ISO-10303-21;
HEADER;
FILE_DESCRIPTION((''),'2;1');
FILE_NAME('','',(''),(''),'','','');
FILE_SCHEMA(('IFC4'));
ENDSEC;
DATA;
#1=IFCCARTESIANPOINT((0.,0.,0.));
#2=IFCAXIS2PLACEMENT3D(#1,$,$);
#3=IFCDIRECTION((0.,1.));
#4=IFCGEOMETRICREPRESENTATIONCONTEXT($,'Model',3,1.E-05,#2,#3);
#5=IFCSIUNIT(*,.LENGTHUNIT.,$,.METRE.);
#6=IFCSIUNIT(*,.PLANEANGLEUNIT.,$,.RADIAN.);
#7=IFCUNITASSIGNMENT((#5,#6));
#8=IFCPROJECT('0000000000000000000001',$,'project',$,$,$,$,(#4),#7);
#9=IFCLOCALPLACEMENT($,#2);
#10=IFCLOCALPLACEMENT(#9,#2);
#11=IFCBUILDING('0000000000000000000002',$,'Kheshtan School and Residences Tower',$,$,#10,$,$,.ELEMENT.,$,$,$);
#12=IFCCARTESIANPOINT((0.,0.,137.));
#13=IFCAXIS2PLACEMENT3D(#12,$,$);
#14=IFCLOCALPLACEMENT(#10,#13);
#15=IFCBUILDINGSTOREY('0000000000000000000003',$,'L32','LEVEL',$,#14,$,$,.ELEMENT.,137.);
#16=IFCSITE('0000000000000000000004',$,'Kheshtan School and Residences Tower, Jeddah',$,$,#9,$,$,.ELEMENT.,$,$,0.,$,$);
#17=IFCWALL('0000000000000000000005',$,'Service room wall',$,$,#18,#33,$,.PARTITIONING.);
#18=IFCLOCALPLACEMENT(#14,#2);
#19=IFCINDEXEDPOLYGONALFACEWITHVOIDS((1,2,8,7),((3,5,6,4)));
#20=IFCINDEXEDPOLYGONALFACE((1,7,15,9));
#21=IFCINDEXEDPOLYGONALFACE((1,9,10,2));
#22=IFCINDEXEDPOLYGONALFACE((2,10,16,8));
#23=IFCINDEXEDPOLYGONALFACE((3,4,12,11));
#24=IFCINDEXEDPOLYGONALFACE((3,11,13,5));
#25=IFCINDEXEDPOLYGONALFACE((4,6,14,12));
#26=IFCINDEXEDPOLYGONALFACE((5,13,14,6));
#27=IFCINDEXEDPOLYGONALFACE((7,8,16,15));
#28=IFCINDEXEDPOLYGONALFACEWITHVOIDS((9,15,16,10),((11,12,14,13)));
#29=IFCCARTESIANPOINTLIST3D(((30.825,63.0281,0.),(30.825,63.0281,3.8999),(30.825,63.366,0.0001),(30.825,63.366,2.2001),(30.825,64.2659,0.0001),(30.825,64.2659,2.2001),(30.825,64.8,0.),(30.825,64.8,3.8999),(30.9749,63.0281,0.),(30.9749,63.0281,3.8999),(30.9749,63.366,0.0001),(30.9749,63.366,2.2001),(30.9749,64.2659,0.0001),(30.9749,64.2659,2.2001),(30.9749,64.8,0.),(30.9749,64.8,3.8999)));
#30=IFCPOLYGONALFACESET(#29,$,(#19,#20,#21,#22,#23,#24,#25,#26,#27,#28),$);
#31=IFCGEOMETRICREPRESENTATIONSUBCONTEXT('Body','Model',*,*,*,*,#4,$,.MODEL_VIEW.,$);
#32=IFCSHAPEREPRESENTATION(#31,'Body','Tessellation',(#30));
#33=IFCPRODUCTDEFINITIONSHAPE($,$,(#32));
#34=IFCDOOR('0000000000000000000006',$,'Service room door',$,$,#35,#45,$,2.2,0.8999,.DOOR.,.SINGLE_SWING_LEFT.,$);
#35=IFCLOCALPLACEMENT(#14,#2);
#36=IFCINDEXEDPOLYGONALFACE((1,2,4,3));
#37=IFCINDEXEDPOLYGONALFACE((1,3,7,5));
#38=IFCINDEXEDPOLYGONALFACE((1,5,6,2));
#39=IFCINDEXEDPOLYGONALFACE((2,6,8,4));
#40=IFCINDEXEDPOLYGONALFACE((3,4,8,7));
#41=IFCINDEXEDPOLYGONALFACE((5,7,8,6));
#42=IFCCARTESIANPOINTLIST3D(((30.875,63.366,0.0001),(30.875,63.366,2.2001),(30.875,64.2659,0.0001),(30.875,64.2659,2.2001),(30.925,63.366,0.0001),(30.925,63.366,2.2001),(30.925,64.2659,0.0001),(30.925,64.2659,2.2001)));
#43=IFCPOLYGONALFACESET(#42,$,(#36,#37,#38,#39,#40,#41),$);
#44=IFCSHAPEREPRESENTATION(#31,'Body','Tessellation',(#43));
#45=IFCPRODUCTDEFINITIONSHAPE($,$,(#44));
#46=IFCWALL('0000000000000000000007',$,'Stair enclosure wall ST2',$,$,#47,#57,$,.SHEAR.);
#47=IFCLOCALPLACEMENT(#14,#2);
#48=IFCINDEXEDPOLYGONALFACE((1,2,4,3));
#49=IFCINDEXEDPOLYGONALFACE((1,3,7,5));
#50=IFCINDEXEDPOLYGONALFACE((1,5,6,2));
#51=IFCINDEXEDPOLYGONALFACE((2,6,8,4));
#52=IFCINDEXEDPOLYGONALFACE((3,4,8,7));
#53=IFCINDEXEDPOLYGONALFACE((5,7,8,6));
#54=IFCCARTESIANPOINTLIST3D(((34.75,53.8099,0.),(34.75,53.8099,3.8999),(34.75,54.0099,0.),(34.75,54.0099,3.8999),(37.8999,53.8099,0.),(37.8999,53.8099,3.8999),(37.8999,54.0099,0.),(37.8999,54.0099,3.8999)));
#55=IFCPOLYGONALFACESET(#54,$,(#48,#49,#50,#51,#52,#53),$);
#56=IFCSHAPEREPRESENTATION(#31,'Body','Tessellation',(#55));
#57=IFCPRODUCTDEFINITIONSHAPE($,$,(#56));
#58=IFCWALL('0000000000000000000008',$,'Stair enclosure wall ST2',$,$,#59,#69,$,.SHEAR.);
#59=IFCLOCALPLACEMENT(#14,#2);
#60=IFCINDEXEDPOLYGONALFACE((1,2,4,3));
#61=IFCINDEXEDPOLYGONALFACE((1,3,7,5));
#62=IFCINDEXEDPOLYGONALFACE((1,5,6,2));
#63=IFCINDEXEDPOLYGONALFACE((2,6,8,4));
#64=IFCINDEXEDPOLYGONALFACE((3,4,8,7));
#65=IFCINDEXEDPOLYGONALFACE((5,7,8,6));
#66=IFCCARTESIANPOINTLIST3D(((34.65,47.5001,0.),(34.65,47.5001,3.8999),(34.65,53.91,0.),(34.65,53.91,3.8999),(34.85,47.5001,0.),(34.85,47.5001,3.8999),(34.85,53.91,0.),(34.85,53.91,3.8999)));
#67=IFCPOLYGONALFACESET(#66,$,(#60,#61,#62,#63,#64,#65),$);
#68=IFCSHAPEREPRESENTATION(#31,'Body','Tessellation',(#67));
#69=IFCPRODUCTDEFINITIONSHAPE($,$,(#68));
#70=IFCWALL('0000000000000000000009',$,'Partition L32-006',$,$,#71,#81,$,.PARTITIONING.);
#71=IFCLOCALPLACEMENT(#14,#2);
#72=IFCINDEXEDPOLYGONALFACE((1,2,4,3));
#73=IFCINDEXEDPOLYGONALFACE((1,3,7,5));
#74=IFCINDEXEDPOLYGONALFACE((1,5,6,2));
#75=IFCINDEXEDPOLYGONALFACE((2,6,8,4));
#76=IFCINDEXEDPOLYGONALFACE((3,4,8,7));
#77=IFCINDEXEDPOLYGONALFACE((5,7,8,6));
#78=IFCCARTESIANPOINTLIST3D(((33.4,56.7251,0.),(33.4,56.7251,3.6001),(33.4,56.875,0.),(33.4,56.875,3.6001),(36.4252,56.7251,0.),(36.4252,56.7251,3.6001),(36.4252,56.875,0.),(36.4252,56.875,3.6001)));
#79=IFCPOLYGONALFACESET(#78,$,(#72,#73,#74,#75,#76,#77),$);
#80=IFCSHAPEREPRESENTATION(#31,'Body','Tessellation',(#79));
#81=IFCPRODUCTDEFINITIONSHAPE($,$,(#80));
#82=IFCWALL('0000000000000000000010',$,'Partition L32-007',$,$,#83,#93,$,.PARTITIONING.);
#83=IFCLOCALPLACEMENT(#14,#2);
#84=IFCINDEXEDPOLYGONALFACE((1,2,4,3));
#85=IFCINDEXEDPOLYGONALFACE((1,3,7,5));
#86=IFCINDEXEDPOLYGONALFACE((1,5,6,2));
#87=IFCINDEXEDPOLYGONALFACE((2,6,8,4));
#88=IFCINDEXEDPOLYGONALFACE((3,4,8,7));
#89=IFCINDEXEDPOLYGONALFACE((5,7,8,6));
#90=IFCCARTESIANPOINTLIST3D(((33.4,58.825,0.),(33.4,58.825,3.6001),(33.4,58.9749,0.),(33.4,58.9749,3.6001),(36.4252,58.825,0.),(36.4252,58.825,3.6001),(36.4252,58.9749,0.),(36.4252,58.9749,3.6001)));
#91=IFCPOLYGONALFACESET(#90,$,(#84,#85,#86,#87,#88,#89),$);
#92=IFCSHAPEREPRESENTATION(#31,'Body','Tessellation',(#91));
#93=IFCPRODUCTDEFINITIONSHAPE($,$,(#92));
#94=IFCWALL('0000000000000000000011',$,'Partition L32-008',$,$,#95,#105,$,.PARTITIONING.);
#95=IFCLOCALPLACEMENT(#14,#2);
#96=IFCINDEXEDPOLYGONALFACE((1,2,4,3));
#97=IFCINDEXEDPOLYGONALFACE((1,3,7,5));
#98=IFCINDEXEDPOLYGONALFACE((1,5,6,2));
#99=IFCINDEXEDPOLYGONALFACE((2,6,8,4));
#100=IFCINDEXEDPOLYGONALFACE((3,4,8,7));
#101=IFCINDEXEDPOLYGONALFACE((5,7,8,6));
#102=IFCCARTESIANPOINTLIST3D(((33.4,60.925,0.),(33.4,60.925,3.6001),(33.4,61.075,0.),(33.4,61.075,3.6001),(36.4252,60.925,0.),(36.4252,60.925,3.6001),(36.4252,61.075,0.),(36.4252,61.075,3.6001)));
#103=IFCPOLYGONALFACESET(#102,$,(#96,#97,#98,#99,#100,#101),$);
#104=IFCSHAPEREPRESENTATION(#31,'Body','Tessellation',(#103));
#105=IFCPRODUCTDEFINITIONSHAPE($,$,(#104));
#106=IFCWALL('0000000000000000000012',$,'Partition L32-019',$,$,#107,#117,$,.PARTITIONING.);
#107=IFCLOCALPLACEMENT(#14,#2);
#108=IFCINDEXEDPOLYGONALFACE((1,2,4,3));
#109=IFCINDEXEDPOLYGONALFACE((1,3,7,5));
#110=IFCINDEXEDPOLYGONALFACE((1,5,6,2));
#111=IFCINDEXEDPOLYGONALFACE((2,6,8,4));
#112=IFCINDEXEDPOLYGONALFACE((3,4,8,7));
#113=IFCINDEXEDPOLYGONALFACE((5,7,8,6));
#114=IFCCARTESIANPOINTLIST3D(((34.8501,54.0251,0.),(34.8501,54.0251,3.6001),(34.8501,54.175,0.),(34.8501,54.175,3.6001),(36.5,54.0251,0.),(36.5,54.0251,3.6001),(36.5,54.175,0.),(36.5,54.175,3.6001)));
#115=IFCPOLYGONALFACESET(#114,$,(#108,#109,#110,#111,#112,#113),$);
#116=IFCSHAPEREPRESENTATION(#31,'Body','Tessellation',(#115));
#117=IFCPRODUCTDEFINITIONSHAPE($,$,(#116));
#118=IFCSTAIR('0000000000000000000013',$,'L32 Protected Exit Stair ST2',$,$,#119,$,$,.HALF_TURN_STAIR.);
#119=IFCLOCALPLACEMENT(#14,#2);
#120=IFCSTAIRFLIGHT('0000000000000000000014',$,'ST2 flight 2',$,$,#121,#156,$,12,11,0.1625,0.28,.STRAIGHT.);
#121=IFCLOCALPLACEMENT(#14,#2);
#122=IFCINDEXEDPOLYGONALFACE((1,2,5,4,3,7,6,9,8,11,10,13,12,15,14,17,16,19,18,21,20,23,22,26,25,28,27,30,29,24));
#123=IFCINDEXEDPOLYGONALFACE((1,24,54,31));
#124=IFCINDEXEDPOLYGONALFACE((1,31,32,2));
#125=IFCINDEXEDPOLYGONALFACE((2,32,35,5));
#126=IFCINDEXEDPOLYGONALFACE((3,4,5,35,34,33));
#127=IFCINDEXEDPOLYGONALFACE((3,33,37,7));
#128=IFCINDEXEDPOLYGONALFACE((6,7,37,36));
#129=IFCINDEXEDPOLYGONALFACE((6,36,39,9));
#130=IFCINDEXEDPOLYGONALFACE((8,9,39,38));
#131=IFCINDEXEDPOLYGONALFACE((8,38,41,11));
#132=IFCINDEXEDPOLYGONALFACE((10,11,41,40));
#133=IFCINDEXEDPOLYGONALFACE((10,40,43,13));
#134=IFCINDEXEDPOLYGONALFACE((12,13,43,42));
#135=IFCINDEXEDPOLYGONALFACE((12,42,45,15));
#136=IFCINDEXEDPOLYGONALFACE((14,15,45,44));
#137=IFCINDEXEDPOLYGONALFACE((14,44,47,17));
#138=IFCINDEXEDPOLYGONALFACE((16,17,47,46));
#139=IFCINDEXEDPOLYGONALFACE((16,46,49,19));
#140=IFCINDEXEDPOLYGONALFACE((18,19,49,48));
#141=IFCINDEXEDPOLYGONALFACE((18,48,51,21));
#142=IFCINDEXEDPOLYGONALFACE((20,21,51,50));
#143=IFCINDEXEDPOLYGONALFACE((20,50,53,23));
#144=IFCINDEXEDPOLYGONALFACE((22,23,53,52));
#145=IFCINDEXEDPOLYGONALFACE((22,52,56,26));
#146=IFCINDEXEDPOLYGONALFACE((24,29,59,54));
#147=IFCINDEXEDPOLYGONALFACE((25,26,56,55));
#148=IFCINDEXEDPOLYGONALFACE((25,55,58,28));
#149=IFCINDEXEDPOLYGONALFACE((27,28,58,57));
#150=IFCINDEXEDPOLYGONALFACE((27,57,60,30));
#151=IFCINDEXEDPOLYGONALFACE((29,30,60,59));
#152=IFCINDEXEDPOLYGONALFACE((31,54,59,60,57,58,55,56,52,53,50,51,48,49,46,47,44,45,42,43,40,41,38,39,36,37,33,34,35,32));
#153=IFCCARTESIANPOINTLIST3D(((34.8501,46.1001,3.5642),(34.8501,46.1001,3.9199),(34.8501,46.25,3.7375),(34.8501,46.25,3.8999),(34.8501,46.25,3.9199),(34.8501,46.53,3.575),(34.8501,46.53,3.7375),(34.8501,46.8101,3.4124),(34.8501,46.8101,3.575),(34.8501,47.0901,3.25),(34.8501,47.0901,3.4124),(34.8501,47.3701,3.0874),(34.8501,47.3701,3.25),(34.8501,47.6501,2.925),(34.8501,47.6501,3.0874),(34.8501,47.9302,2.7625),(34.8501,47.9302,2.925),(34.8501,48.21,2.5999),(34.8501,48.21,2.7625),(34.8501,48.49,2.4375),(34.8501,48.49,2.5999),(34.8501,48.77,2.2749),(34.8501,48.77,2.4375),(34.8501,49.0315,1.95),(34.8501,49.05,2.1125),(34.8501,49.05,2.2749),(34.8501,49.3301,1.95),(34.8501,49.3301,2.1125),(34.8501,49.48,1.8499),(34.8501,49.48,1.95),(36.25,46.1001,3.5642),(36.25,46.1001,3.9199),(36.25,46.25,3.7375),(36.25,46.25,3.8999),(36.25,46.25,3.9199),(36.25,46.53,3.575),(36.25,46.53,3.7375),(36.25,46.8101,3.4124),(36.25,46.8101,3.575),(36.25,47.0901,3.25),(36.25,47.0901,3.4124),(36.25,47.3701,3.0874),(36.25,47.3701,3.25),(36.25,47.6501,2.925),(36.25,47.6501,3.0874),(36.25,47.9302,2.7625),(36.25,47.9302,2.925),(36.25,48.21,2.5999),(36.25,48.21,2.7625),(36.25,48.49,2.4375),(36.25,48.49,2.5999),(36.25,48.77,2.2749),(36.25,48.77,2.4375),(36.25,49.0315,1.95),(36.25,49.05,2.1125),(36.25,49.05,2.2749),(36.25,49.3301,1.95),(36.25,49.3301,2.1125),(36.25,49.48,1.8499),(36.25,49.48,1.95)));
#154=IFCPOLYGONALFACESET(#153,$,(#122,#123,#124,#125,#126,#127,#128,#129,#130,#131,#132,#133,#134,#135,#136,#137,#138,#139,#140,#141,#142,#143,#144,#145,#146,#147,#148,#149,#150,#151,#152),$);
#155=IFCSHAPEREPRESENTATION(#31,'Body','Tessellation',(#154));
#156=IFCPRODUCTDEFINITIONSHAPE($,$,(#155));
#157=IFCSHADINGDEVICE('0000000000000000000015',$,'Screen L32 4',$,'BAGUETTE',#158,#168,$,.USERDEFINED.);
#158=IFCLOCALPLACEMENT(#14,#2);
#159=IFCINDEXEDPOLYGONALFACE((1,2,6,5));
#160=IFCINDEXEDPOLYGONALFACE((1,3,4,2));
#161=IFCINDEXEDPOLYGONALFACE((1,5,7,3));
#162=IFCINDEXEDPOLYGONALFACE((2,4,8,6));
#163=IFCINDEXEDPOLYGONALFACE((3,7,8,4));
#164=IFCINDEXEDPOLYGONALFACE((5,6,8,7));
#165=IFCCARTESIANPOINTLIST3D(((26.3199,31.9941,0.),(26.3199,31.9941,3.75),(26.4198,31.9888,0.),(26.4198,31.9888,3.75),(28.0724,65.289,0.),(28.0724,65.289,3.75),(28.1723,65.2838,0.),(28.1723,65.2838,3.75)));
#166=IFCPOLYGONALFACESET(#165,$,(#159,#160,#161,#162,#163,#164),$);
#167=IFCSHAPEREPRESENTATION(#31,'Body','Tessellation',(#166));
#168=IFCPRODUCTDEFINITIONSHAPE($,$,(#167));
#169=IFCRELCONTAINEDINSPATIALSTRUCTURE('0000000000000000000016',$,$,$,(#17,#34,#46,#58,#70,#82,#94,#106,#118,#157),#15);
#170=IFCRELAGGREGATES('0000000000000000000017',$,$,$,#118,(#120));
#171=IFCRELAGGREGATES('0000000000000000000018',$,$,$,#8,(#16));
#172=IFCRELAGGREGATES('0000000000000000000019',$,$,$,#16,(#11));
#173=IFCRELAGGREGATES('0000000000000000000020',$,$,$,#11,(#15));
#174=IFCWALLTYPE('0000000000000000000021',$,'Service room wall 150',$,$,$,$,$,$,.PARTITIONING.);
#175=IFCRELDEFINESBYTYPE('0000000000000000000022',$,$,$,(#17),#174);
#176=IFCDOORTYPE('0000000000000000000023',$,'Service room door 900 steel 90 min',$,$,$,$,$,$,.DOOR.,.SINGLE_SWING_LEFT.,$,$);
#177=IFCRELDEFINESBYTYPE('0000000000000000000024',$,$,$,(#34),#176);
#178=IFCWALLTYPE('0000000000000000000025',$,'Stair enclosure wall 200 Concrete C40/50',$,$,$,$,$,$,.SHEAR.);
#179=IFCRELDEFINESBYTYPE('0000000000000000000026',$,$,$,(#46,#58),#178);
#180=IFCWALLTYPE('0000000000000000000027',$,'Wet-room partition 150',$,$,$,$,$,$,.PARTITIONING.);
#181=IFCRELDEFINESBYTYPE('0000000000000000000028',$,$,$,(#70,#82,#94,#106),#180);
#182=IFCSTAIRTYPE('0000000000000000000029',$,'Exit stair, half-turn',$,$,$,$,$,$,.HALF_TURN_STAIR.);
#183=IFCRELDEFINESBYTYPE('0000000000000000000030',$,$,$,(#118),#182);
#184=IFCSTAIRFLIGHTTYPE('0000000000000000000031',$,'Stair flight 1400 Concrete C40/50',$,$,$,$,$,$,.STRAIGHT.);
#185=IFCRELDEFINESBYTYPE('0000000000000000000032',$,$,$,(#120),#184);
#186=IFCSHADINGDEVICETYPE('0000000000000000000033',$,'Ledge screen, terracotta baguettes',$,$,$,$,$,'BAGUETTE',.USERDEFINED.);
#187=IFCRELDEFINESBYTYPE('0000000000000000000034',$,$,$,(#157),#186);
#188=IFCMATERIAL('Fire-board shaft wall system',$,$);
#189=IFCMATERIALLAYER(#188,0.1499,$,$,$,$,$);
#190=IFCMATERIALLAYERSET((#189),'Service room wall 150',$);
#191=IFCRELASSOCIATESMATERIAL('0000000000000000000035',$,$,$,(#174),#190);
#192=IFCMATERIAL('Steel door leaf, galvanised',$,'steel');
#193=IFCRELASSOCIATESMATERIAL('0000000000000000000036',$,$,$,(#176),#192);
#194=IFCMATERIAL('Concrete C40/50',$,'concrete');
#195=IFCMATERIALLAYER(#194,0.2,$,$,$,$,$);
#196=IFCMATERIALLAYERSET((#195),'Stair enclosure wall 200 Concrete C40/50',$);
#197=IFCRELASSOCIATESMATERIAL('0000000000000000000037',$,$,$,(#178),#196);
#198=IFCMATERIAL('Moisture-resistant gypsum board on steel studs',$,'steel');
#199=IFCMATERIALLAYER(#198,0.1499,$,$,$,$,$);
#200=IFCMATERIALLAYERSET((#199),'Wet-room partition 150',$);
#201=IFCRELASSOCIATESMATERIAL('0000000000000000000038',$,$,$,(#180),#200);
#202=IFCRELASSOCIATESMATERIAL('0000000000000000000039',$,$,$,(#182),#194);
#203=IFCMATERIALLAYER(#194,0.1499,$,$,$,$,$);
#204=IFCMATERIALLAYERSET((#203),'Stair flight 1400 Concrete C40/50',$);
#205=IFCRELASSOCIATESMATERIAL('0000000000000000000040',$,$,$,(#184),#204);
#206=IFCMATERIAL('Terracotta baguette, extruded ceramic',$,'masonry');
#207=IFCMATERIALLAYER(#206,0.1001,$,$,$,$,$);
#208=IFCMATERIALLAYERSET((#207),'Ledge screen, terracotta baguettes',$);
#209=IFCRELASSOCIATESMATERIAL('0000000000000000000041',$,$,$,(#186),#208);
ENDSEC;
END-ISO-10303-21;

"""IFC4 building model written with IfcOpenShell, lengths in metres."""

from ifc_helpers import new_model, si_unit, direction, frame, frame_2d, origin, origin_2d, place, context, subcontext, project, spatial, polyline, rectangle, outline, extrude, source, transform, mapped, material, layer, layer_set, type_object, element, fill, aggregate, save


model = new_model("IFC4")

# Units and contexts
model_context = context("Model", 3, precision=1e-05, world=origin(), true_north=direction((0.0, 1.0)))
body_context = subcontext(model_context, "Body", "Model", "MODEL_VIEW")
ifc_project = project(units=[si_unit("LENGTHUNIT", "METRE"), si_unit("PLANEANGLEUNIT", "RADIAN")], contexts=[model_context])

# Site, building, storey
site_placement = place(None, origin())
site = spatial("IfcSite", under=ifc_project, at=site_placement, Name="Kheshtan School and Residences Tower, Jeddah", CompositionType="ELEMENT", RefElevation=0.0)
building_placement = place(site_placement, origin())
building = spatial("IfcBuilding", under=site, at=building_placement, Name="Kheshtan School and Residences Tower", CompositionType="ELEMENT")
storey_placement = place(building_placement, frame((0.0, 0.0, 137.0)))
storey = spatial("IfcBuildingStorey", under=building, at=storey_placement, Name="L32", Description="LEVEL", CompositionType="ELEMENT", Elevation=137.0)

# Shared definitions
ifc_material_1 = material(Name="Fire-board shaft wall system")
ifc_layer_1 = layer(ifc_material_1, 0.1499)
ifc_layer_set_1 = layer_set([ifc_layer_1], Name="Service room wall 150")
wall_type_1 = type_object("IfcWallType", Name="Service room wall 150", PredefinedType="PARTITIONING", material=ifc_layer_set_1)

# Shared definitions
ifc_material_2 = material(Name="Steel door leaf, galvanised", Category="steel")
door_type_1 = type_object("IfcDoorType", Name="Service room door 900 steel 90 min", OperationType="SINGLE_SWING_LEFT", PredefinedType="DOOR", material=ifc_material_2)
shared_shape_1 = source(origin(), body_context, "Body", "SweptSolid", [
    extrude(rectangle(XDim=0.8999, YDim=2.2, at=frame_2d((0.45, 1.1001))), frame((0.0, 0.0249, 0.0), z_axis=(0.0, -1.0, 0.0), x_axis=(1.0, 0.0, 0.0)), (0.0, 0.0, 1.0), 0.05),
])

# Wall, opening, door
wall_1_placement = place(storey_placement, frame((30.8999, 63.0281, 0.0), z_axis=(0.0, 0.0, 1.0), x_axis=(0.0, 1.0, 0.0)))
wall_1 = element("IfcWall", 1, at=wall_1_placement, inside=storey, type_object=wall_type_1, Name="Service room wall", PredefinedType="PARTITIONING", context=body_context, shape_type="SweptSolid", body=[
    extrude(rectangle(XDim=1.772, YDim=0.1499, at=frame_2d((0.886, 0.0))), origin(), (0.0, 0.0, 1.0), 3.8999),
])
opening_1_placement = place(wall_1_placement, frame((0.3379, 0.0, 0.0)))
opening_1 = element("IfcOpeningElement", 2, at=opening_1_placement, cuts=wall_1, PredefinedType="OPENING", context=body_context, shape_type="SweptSolid", body=[
    extrude(rectangle(XDim=0.8999, YDim=2.2, at=frame_2d((0.45, 1.1001))), frame((0.0, 0.085, 0.0), z_axis=(0.0, -1.0, 0.0), x_axis=(1.0, 0.0, 0.0)), (0.0, 0.0, 1.0), 0.1699),
])
door_1_placement = place(opening_1_placement, origin())
door_1 = element("IfcDoor", 3, at=door_1_placement, inside=storey, type_object=door_type_1, Name="Service room door", OperationType="SINGLE_SWING_LEFT", OverallHeight=2.2, OverallWidth=0.8999, PredefinedType="DOOR", context=body_context, shape_type="MappedRepresentation", body=[
    mapped(shared_shape_1, transform((0.0, 0.0, 0.0), x_axis=(1.0, 0.0, 0.0), y_axis=(0.0, 1.0, 0.0), z_axis=(0.0, 0.0, 1.0), scale=1.0)),
])
fill(opening_1, door_1)

# Walls
ifc_material_3 = material(Name="Concrete C40/50", Category="concrete")
ifc_layer_2 = layer(ifc_material_3, 0.2)
ifc_layer_set_2 = layer_set([ifc_layer_2], Name="Stair enclosure wall 200 Concrete C40/50")
wall_type_2 = type_object("IfcWallType", Name="Stair enclosure wall 200 Concrete C40/50", PredefinedType="SHEAR", material=ifc_layer_set_2)
wall_2_placement = place(storey_placement, frame((34.75, 53.9099, 0.0), z_axis=(0.0, 0.0, 1.0), x_axis=(1.0, 0.0, 0.0)))
element("IfcWall", 4, at=wall_2_placement, inside=storey, type_object=wall_type_2, Name="Stair enclosure wall ST2", PredefinedType="SHEAR", context=body_context, shape_type="SweptSolid", body=[
    extrude(rectangle(XDim=3.1499, YDim=0.2, at=frame_2d((1.575, 0.0))), origin(), (0.0, 0.0, 1.0), 3.8999),
])
wall_3_placement = place(storey_placement, frame((34.75, 47.5, 0.0), z_axis=(0.0, 0.0, 1.0), x_axis=(0.0, 1.0, 0.0)))
element("IfcWall", 5, at=wall_3_placement, inside=storey, type_object=wall_type_2, Name="Stair enclosure wall ST2", PredefinedType="SHEAR", context=body_context, shape_type="SweptSolid", body=[
    extrude(rectangle(XDim=6.4099, YDim=0.2, at=frame_2d((3.2051, 0.0))), origin(), (0.0, 0.0, 1.0), 3.8999),
])
ifc_material_4 = material(Name="Moisture-resistant gypsum board on steel studs", Category="steel")
ifc_layer_3 = layer(ifc_material_4, 0.1499)
ifc_layer_set_3 = layer_set([ifc_layer_3], Name="Wet-room partition 150")
wall_type_3 = type_object("IfcWallType", Name="Wet-room partition 150", PredefinedType="PARTITIONING", material=ifc_layer_set_3)
for number, where, z_axis, x_axis, name in (
    (6, (33.3999, 56.8, 0.0), (0.0, 0.0, 1.0), (1.0, 0.0, 0.0), "Partition L32-006"),
    (7, (33.3999, 58.8999, 0.0), (0.0, 0.0, 1.0), (1.0, 0.0, 0.0), "Partition L32-007"),
    (8, (33.3999, 61.0, 0.0), (0.0, 0.0, 1.0), (1.0, 0.0, 0.0), "Partition L32-008"),
):
    element("IfcWall", number, at=place(storey_placement, frame(where, z_axis=z_axis, x_axis=x_axis)), inside=storey, type_object=wall_type_3, Name=name, PredefinedType="PARTITIONING", context=body_context, shape_type="SweptSolid", body=[
        extrude(rectangle(XDim=3.0251, YDim=0.1499, at=frame_2d((1.5127, 0.0))), origin(), (0.0, 0.0, 1.0), 3.6001),
    ])
wall_4_placement = place(storey_placement, frame((34.8501, 54.1001, 0.0), z_axis=(0.0, 0.0, 1.0), x_axis=(1.0, 0.0, 0.0)))
element("IfcWall", 9, at=wall_4_placement, inside=storey, type_object=wall_type_3, Name="Partition L32-019", PredefinedType="PARTITIONING", context=body_context, shape_type="SweptSolid", body=[
    extrude(rectangle(XDim=1.6499, YDim=0.1499, at=frame_2d((0.825, 0.0))), origin(), (0.0, 0.0, 1.0), 3.6001),
])

# Stair, stair flight
stair_type = type_object("IfcStairType", Name="Exit stair, half-turn", PredefinedType="HALF_TURN_STAIR", material=ifc_material_3)
stair_placement = place(storey_placement, origin())
stair = element("IfcStair", 10, at=stair_placement, inside=storey, type_object=stair_type, Name="L32 Protected Exit Stair ST2", PredefinedType="HALF_TURN_STAIR")
ifc_layer_4 = layer(ifc_material_3, 0.1499)
ifc_layer_set_4 = layer_set([ifc_layer_4], Name="Stair flight 1400 Concrete C40/50")
stair_flight_type = type_object("IfcStairFlightType", Name="Stair flight 1400 Concrete C40/50", PredefinedType="STRAIGHT", material=ifc_layer_set_4)
stair_flight_placement = place(storey_placement, frame((35.55, 49.3301, 1.95), z_axis=(0.0, 0.0, 1.0), x_axis=(0.0, -1.0, 0.0)))
stair_flight = element("IfcStairFlight", 11, at=stair_flight_placement, type_object=stair_flight_type, Name="ST2 flight 2", NumberOfRisers=12, NumberOfTreads=11, PredefinedType="STRAIGHT", RiserHeight=0.1625, TreadLength=0.28, context=body_context, shape_type="SweptSolid", body=[
    extrude(outline(polyline([(-0.1499, -0.1001), (-0.1499, 0.0), (0.0, 0.0), (0.0, 0.1626), (0.28, 0.1626), (0.28, 0.325), (0.5601, 0.325), (0.5601, 0.4875), (0.8401, 0.4875), (0.8401, 0.6499), (1.1201, 0.6499), (1.1201, 0.8125), (1.3999, 0.8125), (1.3999, 0.9751), (1.6799, 0.9751), (1.6799, 1.1375), (1.96, 1.1375), (1.96, 1.3), (2.24, 1.3), (2.24, 1.4624), (2.52, 1.4624), (2.52, 1.625), (2.8, 1.625), (2.8, 1.7876), (3.0801, 1.7876), (3.0801, 1.95), (3.0801, 1.97), (3.23, 1.97), (3.23, 1.6143), (0.2986, 0.0), (-0.1499, -0.1001)])), frame((0.0, 0.7, 0.0), z_axis=(0.0, -1.0, 0.0), x_axis=(1.0, 0.0, 0.0)), (0.0, 0.0, 1.0), 1.3999),
])
aggregate(stair, [stair_flight])

# Shading device
ifc_material_5 = material(Name="Terracotta baguette, extruded ceramic", Category="masonry")
ifc_layer_5 = layer(ifc_material_5, 0.1001)
ifc_layer_set_5 = layer_set([ifc_layer_5], Name="Ledge screen, terracotta baguettes")
shading_device_type = type_object("IfcShadingDeviceType", Name="Ledge screen, terracotta baguettes", ElementType="BAGUETTE", PredefinedType="USERDEFINED", material=ifc_layer_set_5)
shading_device_placement = place(storey_placement, frame((27.2461, 48.6389, 0.0), z_axis=(0.0, 0.0, 1.0), x_axis=(0.052563, 0.998618, 0.0)))
element("IfcShadingDevice", 12, at=shading_device_placement, inside=storey, type_object=shading_device_type, Name="Screen L32 4", ObjectType="BAGUETTE", PredefinedType="USERDEFINED", context=body_context, shape_type="SweptSolid", body=[
    extrude(rectangle(XDim=33.3411, YDim=0.1001, at=origin_2d()), origin(), (0.0, 0.0, 1.0), 3.75),
])

save(model, "model.ifc")
